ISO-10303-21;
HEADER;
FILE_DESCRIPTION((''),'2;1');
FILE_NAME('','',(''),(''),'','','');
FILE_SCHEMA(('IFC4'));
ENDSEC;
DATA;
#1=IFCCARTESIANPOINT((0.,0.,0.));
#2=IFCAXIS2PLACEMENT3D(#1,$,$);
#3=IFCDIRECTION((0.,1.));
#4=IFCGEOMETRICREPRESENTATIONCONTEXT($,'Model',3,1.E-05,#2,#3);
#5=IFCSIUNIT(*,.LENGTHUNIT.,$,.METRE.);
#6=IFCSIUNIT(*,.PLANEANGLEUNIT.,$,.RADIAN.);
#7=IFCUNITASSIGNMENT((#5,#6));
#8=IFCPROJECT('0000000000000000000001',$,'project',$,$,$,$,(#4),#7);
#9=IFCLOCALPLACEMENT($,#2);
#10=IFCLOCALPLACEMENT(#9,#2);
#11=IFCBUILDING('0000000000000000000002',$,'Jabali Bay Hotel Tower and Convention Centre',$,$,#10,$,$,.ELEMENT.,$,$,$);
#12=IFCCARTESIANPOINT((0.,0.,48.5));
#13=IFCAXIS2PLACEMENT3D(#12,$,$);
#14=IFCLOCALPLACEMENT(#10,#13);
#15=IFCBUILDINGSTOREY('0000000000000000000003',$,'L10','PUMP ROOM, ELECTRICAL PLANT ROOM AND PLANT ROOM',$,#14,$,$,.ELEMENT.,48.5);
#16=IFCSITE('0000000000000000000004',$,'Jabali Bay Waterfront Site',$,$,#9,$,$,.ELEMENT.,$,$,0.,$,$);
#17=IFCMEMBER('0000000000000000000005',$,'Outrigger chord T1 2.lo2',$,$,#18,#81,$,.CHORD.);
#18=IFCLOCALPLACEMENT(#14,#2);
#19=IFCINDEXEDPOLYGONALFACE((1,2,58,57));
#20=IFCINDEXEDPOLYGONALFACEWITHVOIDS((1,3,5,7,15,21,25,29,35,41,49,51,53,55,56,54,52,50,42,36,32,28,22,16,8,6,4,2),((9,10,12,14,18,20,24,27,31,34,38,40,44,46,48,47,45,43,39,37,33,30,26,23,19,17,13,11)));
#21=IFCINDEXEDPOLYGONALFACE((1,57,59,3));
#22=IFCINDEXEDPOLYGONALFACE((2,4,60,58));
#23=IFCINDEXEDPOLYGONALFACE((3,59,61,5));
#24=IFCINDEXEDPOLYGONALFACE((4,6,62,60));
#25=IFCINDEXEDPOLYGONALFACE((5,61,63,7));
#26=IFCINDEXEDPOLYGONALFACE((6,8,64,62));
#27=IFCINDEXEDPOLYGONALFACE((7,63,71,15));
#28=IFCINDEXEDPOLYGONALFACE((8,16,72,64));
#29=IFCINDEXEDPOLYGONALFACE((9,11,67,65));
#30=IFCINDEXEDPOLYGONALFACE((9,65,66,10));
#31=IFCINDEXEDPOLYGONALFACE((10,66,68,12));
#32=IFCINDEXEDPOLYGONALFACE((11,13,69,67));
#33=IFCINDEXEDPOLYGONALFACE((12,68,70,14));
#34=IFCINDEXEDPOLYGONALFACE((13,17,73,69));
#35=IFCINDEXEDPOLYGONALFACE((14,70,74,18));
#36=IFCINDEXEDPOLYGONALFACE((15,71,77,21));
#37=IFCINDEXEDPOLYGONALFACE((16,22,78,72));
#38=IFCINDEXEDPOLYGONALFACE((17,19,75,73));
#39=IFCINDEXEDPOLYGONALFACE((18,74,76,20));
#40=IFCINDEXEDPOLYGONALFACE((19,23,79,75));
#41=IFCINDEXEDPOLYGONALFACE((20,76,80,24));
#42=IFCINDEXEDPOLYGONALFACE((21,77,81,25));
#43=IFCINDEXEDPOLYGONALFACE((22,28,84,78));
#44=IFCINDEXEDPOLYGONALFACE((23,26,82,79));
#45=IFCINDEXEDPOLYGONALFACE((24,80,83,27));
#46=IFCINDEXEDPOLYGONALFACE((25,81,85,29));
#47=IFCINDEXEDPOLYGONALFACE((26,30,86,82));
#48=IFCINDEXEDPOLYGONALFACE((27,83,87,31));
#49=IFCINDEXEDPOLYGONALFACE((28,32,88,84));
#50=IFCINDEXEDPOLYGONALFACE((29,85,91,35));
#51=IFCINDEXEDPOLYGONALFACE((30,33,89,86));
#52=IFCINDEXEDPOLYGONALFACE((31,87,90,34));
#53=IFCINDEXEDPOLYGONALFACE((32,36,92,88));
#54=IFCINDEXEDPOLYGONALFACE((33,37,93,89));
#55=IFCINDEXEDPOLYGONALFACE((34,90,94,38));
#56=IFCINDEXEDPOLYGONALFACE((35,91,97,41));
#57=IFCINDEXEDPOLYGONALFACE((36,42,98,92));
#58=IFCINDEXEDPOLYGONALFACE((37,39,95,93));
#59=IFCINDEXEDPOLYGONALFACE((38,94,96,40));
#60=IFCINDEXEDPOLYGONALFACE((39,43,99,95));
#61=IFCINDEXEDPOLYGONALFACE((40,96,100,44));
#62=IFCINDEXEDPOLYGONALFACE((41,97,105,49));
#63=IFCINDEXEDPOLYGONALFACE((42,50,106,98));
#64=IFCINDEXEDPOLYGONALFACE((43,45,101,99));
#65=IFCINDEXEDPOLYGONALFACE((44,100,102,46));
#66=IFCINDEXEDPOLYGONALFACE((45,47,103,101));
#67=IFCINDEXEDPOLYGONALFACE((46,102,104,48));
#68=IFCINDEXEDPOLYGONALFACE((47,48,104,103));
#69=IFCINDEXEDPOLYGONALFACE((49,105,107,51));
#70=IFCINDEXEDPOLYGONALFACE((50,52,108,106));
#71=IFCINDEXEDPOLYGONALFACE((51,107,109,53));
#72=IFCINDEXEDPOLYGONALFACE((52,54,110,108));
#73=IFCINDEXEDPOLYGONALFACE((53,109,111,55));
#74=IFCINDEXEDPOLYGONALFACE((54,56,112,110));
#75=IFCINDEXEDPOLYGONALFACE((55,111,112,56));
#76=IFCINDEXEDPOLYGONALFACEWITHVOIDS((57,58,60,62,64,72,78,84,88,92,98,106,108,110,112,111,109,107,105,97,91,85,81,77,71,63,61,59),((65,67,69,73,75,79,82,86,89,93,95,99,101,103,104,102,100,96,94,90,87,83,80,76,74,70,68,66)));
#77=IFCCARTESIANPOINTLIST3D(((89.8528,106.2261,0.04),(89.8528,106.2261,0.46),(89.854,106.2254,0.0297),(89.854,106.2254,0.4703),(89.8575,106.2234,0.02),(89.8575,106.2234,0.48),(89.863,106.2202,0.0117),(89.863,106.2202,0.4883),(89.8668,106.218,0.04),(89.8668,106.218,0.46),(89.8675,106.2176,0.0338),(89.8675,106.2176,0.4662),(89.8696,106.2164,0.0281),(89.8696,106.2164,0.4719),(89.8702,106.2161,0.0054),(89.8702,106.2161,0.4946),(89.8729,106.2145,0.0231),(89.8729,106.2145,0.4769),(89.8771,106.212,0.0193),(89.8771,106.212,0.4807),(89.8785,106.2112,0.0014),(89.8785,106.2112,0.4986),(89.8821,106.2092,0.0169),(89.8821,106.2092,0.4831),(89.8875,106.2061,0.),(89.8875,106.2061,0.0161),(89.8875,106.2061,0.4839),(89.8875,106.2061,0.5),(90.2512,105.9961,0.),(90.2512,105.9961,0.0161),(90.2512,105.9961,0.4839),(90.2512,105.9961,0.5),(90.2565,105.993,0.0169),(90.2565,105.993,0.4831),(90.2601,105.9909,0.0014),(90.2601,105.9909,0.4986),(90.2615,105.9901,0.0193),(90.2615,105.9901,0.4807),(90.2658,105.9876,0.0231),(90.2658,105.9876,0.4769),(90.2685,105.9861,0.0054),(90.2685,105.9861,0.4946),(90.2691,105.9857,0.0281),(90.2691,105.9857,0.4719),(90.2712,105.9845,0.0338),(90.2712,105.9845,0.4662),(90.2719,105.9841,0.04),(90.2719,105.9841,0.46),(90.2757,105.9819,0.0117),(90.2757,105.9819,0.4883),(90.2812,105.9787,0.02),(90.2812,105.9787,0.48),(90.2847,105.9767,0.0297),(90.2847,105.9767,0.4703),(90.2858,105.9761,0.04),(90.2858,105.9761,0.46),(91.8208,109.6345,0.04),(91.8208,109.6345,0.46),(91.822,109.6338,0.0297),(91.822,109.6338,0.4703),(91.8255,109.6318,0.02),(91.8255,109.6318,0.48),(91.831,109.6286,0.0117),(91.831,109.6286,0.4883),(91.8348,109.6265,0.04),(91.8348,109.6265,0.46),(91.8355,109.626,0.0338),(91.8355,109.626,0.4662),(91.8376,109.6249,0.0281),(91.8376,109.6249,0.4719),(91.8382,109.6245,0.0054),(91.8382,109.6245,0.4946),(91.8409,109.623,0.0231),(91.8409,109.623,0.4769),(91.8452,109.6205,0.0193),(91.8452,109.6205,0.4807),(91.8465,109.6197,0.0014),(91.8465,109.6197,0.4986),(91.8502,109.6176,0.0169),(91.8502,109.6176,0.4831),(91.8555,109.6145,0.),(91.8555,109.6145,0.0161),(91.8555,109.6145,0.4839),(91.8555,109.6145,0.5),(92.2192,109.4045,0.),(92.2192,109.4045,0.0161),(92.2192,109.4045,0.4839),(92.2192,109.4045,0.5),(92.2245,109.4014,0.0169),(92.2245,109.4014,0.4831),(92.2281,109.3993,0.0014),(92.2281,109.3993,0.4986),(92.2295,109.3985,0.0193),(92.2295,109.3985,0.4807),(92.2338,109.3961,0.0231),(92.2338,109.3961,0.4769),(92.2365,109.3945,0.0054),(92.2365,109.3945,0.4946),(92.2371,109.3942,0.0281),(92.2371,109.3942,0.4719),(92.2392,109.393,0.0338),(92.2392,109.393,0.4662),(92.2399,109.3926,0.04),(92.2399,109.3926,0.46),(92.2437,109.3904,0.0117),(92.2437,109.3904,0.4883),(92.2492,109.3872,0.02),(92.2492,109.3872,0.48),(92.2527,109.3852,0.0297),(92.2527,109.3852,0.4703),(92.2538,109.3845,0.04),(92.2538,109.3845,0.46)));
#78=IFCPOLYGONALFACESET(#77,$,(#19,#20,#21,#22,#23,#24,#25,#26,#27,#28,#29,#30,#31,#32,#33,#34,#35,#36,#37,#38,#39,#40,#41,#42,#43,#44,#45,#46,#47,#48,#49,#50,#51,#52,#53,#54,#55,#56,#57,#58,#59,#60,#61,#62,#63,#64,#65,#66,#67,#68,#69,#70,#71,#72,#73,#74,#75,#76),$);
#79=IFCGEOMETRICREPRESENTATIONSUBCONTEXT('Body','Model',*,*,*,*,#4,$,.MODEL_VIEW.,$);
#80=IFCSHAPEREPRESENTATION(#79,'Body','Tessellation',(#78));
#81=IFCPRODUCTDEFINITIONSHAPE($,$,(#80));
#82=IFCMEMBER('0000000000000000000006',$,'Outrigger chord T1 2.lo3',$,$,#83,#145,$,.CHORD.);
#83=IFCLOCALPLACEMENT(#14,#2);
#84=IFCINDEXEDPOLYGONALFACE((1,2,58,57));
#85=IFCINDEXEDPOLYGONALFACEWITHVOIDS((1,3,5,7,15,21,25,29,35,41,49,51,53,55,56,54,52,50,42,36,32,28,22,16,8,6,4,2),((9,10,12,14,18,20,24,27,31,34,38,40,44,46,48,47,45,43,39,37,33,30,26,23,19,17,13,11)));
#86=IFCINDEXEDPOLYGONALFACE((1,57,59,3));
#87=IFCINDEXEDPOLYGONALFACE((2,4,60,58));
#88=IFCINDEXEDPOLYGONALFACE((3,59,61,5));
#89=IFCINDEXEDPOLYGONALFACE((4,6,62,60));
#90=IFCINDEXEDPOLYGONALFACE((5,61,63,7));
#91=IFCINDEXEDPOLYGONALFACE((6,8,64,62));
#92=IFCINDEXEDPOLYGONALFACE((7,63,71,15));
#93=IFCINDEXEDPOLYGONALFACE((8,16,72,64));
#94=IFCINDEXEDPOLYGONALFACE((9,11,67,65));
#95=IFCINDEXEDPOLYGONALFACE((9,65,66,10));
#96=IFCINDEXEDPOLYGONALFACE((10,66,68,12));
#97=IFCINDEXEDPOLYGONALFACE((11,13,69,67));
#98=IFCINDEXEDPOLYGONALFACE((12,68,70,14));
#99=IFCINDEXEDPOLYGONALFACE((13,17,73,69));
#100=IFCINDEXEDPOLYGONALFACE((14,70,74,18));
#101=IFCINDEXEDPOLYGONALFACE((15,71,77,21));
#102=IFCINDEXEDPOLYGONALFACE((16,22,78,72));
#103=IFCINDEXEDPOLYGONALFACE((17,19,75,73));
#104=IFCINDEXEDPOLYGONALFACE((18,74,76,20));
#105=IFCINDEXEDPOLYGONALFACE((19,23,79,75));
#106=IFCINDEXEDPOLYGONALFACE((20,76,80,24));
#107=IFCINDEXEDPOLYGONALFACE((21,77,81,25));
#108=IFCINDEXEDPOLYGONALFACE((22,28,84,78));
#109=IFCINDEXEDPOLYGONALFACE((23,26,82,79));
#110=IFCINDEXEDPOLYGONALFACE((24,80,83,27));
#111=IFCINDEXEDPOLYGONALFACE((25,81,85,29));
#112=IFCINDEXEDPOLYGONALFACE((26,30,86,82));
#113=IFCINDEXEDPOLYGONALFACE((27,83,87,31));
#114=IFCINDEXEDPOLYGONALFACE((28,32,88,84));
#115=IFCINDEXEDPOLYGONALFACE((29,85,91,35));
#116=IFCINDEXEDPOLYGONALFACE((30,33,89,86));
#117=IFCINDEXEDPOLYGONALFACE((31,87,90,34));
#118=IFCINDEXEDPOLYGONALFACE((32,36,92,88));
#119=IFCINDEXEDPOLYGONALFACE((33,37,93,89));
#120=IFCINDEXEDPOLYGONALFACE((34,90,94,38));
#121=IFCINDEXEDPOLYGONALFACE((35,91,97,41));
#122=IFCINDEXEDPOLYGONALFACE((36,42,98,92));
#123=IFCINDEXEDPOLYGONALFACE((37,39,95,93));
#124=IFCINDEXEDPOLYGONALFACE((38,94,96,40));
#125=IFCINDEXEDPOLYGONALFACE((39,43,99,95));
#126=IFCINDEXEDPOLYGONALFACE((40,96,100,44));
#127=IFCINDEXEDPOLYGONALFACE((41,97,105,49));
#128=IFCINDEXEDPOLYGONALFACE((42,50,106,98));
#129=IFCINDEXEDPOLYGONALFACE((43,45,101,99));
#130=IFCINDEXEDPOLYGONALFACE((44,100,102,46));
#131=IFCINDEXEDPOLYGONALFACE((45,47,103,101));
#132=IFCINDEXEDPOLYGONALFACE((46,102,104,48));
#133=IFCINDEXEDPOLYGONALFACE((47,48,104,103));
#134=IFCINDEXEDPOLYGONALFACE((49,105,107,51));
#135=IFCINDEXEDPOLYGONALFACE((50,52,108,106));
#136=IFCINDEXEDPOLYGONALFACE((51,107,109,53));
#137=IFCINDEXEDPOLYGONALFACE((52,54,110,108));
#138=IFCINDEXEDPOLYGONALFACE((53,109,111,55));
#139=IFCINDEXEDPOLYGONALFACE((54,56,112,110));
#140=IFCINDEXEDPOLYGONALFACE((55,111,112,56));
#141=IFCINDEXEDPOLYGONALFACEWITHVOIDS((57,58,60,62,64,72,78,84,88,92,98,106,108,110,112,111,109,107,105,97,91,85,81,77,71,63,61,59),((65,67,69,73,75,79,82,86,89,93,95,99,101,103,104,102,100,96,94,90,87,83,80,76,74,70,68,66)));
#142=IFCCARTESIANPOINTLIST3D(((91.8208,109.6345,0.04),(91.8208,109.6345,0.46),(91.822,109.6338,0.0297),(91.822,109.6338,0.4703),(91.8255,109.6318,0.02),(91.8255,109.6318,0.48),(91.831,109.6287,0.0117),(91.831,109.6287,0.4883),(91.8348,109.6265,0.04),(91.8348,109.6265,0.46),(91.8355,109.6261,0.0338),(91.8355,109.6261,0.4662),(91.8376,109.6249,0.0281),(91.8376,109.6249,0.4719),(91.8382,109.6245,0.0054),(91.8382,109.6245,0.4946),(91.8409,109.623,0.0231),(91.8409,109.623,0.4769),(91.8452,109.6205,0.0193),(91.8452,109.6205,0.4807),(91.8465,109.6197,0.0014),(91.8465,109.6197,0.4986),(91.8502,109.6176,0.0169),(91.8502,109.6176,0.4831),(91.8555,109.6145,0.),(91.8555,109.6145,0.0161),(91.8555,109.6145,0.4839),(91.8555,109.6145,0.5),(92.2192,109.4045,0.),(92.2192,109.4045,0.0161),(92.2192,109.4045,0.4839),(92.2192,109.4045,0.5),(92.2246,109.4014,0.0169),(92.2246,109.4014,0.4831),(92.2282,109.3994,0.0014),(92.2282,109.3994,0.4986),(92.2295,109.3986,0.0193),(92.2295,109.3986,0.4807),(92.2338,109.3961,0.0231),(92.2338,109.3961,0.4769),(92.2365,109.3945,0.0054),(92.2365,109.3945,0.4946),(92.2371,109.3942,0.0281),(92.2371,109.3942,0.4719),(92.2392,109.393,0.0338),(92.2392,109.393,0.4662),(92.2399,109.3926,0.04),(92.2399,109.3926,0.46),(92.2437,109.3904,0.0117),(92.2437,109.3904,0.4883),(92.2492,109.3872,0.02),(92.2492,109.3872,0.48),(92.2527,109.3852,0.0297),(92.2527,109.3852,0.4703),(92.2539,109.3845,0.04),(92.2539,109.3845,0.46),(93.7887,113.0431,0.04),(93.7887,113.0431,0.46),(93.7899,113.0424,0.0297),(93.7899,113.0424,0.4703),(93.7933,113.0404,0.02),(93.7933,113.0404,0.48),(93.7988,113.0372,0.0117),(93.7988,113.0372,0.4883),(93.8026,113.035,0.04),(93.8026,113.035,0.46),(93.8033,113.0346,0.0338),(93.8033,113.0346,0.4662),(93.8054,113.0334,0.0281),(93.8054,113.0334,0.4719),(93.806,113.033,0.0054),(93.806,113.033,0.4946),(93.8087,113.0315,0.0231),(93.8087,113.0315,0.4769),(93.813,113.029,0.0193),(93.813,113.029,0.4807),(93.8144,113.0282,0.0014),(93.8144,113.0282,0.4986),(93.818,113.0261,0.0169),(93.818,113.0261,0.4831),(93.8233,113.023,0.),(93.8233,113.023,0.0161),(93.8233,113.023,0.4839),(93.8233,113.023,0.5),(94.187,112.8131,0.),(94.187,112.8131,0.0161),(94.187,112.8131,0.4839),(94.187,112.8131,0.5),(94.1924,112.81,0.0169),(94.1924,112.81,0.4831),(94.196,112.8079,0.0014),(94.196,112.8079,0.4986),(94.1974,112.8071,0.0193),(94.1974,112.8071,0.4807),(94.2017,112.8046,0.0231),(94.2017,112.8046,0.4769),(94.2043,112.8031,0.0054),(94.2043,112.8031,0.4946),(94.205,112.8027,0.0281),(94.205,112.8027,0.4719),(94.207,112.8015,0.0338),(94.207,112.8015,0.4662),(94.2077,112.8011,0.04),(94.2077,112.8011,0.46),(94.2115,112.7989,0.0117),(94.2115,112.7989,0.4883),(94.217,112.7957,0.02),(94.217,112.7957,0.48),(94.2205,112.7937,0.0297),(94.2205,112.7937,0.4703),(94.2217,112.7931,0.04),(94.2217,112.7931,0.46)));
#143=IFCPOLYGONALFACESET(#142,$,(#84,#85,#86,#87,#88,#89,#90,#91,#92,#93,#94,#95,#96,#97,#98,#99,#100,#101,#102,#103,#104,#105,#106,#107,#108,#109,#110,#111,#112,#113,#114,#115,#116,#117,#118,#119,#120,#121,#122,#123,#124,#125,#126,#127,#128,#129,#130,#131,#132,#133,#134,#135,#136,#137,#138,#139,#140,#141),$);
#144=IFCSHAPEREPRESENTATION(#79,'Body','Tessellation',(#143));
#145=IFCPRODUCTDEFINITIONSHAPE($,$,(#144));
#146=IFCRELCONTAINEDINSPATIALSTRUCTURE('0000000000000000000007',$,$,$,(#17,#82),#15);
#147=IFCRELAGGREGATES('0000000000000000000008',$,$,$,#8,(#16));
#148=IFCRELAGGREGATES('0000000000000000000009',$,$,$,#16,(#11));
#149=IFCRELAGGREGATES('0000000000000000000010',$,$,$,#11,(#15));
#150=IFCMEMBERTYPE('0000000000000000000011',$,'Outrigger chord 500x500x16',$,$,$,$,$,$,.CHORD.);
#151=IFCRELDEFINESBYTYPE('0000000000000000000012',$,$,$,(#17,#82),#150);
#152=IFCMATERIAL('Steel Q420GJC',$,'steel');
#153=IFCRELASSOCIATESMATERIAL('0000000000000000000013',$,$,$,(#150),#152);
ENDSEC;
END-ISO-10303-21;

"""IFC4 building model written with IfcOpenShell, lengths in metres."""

from ifc_helpers import new_model, si_unit, direction, frame, origin, origin_2d, place, context, subcontext, project, spatial, hollow_rectangle, extrude, material, material_profile, profile_set, type_object, element, save


model = new_model("IFC4")

# Units and contexts
model_context = context("Model", 3, precision=1e-05, world=origin(), true_north=direction((0.0, 1.0)))
body_context = subcontext(model_context, "Body", "Model", "MODEL_VIEW")
ifc_project = project(units=[si_unit("LENGTHUNIT", "METRE"), si_unit("PLANEANGLEUNIT", "RADIAN")], contexts=[model_context])

# Site, building, storey
site_placement = place(None, origin())
site = spatial("IfcSite", under=ifc_project, at=site_placement, Name="Jabali Bay Waterfront Site", CompositionType="ELEMENT", RefElevation=0.0)
building_placement = place(site_placement, origin())
building = spatial("IfcBuilding", under=site, at=building_placement, Name="Jabali Bay Hotel Tower and Convention Centre", CompositionType="ELEMENT")
storey_placement = place(building_placement, frame((0.0, 0.0, 48.5)))
storey = spatial("IfcBuildingStorey", under=building, at=storey_placement, Name="L10", Description="PUMP ROOM, ELECTRICAL PLANT ROOM AND PLANT ROOM", CompositionType="ELEMENT", Elevation=48.5)

# Members
ifc_material_1 = material(Name="Steel Q420GJC", Category="steel")
ifc_material_profile_1 = material_profile(ifc_material_1, hollow_rectangle(XDim=0.5, YDim=0.5, WallThickness=0.0161, InnerFilletRadius=0.0239, OuterFilletRadius=0.04, at=origin_2d()), Name="Outrigger chord 500x500x16")
ifc_profile_set_1 = profile_set([ifc_material_profile_1], Name="Steel Q420GJC")
member_type_1 = type_object("IfcMemberType", Name="Outrigger chord 500x500x16", PredefinedType="CHORD", material=ifc_profile_set_1)
for number, where, z_axis, x_axis, name in (
    (1, (90.0693, 106.1011, 0.25), (0.500029, 0.866009, 0.0), (-0.866009, 0.500029, 0.0), "Outrigger chord T1 2.lo2"),
    (2, (92.0374, 109.5095, 0.25), (0.499982, 0.866036, 0.0), (-0.866036, 0.499982, 0.0), "Outrigger chord T1 2.lo3"),
):
    element("IfcMember", number, at=place(storey_placement, frame(where, z_axis=z_axis, x_axis=x_axis)), inside=storey, type_object=member_type_1, Name=name, PredefinedType="CHORD", context=body_context, shape_type="SweptSolid", body=[
        extrude(hollow_rectangle(XDim=0.5, YDim=0.5, WallThickness=0.0161, InnerFilletRadius=0.0239, OuterFilletRadius=0.04, at=origin_2d()), origin(), (0.0, 0.0, 1.0), 3.9358),
    ])

save(model, "model.ifc")
